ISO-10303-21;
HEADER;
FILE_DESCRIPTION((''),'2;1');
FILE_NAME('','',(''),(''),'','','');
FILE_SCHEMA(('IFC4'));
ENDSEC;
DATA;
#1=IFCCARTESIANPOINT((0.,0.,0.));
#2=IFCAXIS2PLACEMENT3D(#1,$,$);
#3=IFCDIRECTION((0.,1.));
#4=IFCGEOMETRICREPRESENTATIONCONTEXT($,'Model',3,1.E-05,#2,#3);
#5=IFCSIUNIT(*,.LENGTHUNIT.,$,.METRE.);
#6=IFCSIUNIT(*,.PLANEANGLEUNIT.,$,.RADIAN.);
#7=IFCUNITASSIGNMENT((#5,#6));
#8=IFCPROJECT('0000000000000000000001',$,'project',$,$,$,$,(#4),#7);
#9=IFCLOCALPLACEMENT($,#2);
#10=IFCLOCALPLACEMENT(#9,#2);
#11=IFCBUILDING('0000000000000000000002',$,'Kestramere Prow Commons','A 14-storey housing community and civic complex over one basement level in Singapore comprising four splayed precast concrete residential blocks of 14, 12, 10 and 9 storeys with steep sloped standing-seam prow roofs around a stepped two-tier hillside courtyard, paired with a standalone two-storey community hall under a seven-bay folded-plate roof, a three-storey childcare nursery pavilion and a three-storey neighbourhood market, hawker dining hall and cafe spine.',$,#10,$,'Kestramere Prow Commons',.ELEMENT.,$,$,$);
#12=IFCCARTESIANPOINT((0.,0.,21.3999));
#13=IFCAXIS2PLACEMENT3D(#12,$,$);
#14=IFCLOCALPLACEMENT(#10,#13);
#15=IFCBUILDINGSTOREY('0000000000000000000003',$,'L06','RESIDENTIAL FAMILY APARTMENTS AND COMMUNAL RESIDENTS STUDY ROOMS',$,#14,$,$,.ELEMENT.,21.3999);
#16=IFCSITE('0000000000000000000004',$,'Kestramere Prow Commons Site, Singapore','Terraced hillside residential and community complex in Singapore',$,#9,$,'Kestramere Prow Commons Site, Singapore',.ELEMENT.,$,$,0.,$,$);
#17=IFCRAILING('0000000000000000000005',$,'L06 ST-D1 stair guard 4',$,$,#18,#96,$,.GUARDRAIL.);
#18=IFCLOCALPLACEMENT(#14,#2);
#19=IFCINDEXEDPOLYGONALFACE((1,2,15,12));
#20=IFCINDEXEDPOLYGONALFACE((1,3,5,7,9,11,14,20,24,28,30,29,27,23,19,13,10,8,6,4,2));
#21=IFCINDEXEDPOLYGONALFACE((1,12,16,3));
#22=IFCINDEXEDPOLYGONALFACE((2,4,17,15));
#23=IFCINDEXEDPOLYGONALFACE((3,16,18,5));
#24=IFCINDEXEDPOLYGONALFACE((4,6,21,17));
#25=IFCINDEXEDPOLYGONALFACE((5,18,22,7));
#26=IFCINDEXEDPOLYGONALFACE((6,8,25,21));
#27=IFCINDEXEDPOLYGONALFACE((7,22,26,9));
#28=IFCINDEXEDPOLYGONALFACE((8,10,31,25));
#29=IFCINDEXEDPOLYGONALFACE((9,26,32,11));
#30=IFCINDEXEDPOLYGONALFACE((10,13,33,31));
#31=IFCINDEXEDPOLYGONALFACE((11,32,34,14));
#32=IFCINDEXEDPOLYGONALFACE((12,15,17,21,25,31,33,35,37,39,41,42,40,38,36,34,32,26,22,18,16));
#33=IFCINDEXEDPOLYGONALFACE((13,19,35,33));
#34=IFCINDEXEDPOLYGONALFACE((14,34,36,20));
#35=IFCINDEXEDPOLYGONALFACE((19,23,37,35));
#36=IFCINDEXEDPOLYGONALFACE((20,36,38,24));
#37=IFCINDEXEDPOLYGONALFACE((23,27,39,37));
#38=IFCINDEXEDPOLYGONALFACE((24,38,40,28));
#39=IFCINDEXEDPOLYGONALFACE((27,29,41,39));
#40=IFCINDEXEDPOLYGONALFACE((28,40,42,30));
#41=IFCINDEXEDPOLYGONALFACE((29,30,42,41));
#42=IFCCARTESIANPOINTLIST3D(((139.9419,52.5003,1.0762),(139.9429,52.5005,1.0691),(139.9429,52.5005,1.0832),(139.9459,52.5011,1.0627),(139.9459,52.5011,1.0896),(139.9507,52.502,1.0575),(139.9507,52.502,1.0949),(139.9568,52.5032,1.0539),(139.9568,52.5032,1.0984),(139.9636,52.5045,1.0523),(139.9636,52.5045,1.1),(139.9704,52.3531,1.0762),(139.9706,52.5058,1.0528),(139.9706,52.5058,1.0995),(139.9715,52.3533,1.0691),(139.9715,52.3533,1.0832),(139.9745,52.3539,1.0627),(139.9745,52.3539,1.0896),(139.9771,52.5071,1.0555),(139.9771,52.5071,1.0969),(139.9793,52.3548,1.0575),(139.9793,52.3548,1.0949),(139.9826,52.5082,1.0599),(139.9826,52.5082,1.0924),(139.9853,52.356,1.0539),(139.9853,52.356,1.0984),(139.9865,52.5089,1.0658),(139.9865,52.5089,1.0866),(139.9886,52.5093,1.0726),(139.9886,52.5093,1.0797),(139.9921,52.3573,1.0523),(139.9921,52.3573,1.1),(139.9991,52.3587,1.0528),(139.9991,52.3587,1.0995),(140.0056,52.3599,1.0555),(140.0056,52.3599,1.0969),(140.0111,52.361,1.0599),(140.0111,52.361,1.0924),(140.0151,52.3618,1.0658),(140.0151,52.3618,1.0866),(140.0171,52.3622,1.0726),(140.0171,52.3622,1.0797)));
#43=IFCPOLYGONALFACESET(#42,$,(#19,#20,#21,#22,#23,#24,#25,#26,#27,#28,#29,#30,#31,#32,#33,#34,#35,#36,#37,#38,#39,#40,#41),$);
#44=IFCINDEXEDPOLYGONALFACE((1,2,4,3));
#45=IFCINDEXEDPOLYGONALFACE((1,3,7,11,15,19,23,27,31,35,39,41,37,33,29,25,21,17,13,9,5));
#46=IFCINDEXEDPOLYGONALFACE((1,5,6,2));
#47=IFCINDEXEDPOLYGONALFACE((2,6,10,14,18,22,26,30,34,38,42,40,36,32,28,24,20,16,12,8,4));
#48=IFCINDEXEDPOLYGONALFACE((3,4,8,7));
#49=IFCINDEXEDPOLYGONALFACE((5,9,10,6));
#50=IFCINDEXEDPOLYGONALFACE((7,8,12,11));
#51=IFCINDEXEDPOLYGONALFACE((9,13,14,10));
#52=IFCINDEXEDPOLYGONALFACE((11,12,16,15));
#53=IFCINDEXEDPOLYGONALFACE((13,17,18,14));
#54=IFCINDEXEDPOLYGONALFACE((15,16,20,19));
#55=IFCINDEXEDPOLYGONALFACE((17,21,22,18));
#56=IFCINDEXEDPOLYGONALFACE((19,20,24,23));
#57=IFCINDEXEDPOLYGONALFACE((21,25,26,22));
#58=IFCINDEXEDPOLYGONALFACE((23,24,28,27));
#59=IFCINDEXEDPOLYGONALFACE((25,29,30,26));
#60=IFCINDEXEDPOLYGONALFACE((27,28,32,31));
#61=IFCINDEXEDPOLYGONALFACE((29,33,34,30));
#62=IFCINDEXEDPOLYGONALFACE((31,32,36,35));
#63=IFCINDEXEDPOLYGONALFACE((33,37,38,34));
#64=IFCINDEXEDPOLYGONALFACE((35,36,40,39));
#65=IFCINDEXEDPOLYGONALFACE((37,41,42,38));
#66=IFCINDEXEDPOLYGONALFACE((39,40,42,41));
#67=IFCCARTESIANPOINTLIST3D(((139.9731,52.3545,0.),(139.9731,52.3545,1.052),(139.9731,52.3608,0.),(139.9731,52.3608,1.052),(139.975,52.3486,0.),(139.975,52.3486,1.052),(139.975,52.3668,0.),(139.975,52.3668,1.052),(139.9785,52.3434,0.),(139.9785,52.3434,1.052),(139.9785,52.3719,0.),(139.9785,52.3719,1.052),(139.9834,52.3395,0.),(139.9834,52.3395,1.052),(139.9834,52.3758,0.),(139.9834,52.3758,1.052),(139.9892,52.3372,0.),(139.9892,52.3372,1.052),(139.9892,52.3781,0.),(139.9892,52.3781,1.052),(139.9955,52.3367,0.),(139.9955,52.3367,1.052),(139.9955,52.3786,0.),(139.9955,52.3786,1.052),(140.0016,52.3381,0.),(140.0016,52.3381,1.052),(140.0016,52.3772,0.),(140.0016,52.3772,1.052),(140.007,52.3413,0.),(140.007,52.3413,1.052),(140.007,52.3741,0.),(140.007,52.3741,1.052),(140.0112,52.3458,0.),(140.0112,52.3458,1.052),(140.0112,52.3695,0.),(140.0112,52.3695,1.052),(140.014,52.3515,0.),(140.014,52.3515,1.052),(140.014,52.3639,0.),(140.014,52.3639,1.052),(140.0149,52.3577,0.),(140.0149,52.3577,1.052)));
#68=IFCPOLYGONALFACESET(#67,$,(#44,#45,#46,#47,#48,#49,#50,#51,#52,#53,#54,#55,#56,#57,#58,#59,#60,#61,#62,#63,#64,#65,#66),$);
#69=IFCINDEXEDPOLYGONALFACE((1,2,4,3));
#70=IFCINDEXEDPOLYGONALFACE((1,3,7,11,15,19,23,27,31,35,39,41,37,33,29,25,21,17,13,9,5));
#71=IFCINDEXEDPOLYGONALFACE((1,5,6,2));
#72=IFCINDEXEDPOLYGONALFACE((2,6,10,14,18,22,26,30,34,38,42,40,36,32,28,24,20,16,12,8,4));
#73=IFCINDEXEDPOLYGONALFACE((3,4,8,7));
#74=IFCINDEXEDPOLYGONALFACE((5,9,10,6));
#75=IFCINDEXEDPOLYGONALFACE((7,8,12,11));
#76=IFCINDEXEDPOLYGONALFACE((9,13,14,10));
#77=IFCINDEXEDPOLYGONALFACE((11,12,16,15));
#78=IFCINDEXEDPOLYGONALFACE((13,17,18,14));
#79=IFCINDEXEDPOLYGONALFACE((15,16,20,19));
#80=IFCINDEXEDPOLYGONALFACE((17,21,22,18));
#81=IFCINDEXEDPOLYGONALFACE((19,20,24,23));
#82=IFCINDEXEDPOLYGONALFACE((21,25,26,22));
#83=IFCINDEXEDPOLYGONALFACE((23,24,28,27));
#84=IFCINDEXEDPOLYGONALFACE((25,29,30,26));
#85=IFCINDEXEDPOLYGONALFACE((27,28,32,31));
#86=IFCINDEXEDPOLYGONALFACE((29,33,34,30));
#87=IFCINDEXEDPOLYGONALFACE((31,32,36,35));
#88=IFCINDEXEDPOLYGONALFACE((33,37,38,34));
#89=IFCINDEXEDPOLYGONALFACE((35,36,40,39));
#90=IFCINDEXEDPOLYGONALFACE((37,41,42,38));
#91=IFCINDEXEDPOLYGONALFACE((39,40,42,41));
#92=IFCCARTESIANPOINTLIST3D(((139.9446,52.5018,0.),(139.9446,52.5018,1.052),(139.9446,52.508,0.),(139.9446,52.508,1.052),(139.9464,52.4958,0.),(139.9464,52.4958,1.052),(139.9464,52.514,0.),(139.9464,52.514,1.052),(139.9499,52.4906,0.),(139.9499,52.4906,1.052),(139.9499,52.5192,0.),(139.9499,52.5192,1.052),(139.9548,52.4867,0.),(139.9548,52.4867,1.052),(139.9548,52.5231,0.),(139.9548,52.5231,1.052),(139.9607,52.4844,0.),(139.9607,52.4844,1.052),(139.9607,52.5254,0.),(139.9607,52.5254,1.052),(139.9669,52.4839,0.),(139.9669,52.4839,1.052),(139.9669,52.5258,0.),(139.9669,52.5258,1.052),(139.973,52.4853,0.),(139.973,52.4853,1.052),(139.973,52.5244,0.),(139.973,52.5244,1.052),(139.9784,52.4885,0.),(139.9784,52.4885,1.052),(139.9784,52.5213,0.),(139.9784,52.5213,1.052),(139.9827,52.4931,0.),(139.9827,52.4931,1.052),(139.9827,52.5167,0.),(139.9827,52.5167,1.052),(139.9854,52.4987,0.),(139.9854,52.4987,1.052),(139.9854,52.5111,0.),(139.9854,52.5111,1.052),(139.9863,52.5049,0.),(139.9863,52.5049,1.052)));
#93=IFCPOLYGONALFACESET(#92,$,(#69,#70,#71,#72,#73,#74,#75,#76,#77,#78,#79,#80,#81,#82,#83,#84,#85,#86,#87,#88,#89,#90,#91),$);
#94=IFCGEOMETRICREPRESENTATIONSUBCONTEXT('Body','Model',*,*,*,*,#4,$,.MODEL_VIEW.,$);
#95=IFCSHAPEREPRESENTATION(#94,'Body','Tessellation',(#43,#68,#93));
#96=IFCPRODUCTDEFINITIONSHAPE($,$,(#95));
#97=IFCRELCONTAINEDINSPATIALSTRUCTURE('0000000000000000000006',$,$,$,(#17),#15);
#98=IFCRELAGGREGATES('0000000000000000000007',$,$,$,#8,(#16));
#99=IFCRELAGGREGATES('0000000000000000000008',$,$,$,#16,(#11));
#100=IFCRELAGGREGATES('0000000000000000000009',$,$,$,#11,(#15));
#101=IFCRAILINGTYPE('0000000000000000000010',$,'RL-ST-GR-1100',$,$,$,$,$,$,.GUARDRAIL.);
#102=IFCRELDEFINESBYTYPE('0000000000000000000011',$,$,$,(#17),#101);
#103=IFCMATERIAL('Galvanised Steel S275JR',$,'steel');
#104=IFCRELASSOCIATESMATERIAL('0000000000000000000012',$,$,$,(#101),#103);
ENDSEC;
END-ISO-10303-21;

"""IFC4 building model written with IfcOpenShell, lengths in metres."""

from ifc_helpers import new_model, si_unit, direction, frame, origin, origin_2d, place, context, subcontext, project, spatial, circle, extrude, material, type_object, element, save


model = new_model("IFC4")

# Units and contexts
model_context = context("Model", 3, precision=1e-05, world=origin(), true_north=direction((0.0, 1.0)))
body_context = subcontext(model_context, "Body", "Model", "MODEL_VIEW")
ifc_project = project(units=[si_unit("LENGTHUNIT", "METRE"), si_unit("PLANEANGLEUNIT", "RADIAN")], contexts=[model_context])

# Site, building, storey
site_placement = place(None, origin())
site = spatial("IfcSite", under=ifc_project, at=site_placement, Name="Kestramere Prow Commons Site, Singapore", Description="Terraced hillside residential and community complex in Singapore", LongName="Kestramere Prow Commons Site, Singapore", CompositionType="ELEMENT", RefElevation=0.0)
building_placement = place(site_placement, origin())
building = spatial("IfcBuilding", under=site, at=building_placement, Name="Kestramere Prow Commons", Description="A 14-storey housing community and civic complex over one basement level in Singapore comprising four splayed precast concrete residential blocks of 14, 12, 10 and 9 storeys with steep sloped standing-seam prow roofs around a stepped two-tier hillside courtyard, paired with a standalone two-storey community hall under a seven-bay folded-plate roof, a three-storey childcare nursery pavilion and a three-storey neighbourhood market, hawker dining hall and cafe spine.", LongName="Kestramere Prow Commons", CompositionType="ELEMENT")
storey_placement = place(building_placement, frame((0.0, 0.0, 21.3999)))
storey = spatial("IfcBuildingStorey", under=building, at=storey_placement, Name="L06", Description="RESIDENTIAL FAMILY APARTMENTS AND COMMUNAL RESIDENTS STUDY ROOMS", CompositionType="ELEMENT", Elevation=21.3999)

# Railing
ifc_material_1 = material(Name="Galvanised Steel S275JR", Category="steel")
railing_type = type_object("IfcRailingType", Name="RL-ST-GR-1100", PredefinedType="GUARDRAIL", material=ifc_material_1)
railing_1_placement = place(storey_placement, frame((139.9939, 52.3577, 0.0)))
element("IfcRailing", 1, at=railing_1_placement, inside=storey, type_object=railing_type, Name="L06 ST-D1 stair guard 4", PredefinedType="GUARDRAIL", context=body_context, shape_type="SweptSolid", body=[
    extrude(circle(Radius=0.0239, at=origin_2d()), frame((0.0, 0.0, 1.0762), z_axis=(-0.190477, 0.981692, 0.0), x_axis=(-0.981692, -0.190477, 0.0)), (0.0, 0.0, 1.0), 0.1499),
    extrude(circle(Radius=0.021, at=origin_2d()), origin(), (0.0, 0.0, 1.0), 1.052),
    extrude(circle(Radius=0.021, at=origin_2d()), frame((-0.0286, 0.1472, 0.0)), (0.0, 0.0, 1.0), 1.052),
])

save(model, "model.ifc")
